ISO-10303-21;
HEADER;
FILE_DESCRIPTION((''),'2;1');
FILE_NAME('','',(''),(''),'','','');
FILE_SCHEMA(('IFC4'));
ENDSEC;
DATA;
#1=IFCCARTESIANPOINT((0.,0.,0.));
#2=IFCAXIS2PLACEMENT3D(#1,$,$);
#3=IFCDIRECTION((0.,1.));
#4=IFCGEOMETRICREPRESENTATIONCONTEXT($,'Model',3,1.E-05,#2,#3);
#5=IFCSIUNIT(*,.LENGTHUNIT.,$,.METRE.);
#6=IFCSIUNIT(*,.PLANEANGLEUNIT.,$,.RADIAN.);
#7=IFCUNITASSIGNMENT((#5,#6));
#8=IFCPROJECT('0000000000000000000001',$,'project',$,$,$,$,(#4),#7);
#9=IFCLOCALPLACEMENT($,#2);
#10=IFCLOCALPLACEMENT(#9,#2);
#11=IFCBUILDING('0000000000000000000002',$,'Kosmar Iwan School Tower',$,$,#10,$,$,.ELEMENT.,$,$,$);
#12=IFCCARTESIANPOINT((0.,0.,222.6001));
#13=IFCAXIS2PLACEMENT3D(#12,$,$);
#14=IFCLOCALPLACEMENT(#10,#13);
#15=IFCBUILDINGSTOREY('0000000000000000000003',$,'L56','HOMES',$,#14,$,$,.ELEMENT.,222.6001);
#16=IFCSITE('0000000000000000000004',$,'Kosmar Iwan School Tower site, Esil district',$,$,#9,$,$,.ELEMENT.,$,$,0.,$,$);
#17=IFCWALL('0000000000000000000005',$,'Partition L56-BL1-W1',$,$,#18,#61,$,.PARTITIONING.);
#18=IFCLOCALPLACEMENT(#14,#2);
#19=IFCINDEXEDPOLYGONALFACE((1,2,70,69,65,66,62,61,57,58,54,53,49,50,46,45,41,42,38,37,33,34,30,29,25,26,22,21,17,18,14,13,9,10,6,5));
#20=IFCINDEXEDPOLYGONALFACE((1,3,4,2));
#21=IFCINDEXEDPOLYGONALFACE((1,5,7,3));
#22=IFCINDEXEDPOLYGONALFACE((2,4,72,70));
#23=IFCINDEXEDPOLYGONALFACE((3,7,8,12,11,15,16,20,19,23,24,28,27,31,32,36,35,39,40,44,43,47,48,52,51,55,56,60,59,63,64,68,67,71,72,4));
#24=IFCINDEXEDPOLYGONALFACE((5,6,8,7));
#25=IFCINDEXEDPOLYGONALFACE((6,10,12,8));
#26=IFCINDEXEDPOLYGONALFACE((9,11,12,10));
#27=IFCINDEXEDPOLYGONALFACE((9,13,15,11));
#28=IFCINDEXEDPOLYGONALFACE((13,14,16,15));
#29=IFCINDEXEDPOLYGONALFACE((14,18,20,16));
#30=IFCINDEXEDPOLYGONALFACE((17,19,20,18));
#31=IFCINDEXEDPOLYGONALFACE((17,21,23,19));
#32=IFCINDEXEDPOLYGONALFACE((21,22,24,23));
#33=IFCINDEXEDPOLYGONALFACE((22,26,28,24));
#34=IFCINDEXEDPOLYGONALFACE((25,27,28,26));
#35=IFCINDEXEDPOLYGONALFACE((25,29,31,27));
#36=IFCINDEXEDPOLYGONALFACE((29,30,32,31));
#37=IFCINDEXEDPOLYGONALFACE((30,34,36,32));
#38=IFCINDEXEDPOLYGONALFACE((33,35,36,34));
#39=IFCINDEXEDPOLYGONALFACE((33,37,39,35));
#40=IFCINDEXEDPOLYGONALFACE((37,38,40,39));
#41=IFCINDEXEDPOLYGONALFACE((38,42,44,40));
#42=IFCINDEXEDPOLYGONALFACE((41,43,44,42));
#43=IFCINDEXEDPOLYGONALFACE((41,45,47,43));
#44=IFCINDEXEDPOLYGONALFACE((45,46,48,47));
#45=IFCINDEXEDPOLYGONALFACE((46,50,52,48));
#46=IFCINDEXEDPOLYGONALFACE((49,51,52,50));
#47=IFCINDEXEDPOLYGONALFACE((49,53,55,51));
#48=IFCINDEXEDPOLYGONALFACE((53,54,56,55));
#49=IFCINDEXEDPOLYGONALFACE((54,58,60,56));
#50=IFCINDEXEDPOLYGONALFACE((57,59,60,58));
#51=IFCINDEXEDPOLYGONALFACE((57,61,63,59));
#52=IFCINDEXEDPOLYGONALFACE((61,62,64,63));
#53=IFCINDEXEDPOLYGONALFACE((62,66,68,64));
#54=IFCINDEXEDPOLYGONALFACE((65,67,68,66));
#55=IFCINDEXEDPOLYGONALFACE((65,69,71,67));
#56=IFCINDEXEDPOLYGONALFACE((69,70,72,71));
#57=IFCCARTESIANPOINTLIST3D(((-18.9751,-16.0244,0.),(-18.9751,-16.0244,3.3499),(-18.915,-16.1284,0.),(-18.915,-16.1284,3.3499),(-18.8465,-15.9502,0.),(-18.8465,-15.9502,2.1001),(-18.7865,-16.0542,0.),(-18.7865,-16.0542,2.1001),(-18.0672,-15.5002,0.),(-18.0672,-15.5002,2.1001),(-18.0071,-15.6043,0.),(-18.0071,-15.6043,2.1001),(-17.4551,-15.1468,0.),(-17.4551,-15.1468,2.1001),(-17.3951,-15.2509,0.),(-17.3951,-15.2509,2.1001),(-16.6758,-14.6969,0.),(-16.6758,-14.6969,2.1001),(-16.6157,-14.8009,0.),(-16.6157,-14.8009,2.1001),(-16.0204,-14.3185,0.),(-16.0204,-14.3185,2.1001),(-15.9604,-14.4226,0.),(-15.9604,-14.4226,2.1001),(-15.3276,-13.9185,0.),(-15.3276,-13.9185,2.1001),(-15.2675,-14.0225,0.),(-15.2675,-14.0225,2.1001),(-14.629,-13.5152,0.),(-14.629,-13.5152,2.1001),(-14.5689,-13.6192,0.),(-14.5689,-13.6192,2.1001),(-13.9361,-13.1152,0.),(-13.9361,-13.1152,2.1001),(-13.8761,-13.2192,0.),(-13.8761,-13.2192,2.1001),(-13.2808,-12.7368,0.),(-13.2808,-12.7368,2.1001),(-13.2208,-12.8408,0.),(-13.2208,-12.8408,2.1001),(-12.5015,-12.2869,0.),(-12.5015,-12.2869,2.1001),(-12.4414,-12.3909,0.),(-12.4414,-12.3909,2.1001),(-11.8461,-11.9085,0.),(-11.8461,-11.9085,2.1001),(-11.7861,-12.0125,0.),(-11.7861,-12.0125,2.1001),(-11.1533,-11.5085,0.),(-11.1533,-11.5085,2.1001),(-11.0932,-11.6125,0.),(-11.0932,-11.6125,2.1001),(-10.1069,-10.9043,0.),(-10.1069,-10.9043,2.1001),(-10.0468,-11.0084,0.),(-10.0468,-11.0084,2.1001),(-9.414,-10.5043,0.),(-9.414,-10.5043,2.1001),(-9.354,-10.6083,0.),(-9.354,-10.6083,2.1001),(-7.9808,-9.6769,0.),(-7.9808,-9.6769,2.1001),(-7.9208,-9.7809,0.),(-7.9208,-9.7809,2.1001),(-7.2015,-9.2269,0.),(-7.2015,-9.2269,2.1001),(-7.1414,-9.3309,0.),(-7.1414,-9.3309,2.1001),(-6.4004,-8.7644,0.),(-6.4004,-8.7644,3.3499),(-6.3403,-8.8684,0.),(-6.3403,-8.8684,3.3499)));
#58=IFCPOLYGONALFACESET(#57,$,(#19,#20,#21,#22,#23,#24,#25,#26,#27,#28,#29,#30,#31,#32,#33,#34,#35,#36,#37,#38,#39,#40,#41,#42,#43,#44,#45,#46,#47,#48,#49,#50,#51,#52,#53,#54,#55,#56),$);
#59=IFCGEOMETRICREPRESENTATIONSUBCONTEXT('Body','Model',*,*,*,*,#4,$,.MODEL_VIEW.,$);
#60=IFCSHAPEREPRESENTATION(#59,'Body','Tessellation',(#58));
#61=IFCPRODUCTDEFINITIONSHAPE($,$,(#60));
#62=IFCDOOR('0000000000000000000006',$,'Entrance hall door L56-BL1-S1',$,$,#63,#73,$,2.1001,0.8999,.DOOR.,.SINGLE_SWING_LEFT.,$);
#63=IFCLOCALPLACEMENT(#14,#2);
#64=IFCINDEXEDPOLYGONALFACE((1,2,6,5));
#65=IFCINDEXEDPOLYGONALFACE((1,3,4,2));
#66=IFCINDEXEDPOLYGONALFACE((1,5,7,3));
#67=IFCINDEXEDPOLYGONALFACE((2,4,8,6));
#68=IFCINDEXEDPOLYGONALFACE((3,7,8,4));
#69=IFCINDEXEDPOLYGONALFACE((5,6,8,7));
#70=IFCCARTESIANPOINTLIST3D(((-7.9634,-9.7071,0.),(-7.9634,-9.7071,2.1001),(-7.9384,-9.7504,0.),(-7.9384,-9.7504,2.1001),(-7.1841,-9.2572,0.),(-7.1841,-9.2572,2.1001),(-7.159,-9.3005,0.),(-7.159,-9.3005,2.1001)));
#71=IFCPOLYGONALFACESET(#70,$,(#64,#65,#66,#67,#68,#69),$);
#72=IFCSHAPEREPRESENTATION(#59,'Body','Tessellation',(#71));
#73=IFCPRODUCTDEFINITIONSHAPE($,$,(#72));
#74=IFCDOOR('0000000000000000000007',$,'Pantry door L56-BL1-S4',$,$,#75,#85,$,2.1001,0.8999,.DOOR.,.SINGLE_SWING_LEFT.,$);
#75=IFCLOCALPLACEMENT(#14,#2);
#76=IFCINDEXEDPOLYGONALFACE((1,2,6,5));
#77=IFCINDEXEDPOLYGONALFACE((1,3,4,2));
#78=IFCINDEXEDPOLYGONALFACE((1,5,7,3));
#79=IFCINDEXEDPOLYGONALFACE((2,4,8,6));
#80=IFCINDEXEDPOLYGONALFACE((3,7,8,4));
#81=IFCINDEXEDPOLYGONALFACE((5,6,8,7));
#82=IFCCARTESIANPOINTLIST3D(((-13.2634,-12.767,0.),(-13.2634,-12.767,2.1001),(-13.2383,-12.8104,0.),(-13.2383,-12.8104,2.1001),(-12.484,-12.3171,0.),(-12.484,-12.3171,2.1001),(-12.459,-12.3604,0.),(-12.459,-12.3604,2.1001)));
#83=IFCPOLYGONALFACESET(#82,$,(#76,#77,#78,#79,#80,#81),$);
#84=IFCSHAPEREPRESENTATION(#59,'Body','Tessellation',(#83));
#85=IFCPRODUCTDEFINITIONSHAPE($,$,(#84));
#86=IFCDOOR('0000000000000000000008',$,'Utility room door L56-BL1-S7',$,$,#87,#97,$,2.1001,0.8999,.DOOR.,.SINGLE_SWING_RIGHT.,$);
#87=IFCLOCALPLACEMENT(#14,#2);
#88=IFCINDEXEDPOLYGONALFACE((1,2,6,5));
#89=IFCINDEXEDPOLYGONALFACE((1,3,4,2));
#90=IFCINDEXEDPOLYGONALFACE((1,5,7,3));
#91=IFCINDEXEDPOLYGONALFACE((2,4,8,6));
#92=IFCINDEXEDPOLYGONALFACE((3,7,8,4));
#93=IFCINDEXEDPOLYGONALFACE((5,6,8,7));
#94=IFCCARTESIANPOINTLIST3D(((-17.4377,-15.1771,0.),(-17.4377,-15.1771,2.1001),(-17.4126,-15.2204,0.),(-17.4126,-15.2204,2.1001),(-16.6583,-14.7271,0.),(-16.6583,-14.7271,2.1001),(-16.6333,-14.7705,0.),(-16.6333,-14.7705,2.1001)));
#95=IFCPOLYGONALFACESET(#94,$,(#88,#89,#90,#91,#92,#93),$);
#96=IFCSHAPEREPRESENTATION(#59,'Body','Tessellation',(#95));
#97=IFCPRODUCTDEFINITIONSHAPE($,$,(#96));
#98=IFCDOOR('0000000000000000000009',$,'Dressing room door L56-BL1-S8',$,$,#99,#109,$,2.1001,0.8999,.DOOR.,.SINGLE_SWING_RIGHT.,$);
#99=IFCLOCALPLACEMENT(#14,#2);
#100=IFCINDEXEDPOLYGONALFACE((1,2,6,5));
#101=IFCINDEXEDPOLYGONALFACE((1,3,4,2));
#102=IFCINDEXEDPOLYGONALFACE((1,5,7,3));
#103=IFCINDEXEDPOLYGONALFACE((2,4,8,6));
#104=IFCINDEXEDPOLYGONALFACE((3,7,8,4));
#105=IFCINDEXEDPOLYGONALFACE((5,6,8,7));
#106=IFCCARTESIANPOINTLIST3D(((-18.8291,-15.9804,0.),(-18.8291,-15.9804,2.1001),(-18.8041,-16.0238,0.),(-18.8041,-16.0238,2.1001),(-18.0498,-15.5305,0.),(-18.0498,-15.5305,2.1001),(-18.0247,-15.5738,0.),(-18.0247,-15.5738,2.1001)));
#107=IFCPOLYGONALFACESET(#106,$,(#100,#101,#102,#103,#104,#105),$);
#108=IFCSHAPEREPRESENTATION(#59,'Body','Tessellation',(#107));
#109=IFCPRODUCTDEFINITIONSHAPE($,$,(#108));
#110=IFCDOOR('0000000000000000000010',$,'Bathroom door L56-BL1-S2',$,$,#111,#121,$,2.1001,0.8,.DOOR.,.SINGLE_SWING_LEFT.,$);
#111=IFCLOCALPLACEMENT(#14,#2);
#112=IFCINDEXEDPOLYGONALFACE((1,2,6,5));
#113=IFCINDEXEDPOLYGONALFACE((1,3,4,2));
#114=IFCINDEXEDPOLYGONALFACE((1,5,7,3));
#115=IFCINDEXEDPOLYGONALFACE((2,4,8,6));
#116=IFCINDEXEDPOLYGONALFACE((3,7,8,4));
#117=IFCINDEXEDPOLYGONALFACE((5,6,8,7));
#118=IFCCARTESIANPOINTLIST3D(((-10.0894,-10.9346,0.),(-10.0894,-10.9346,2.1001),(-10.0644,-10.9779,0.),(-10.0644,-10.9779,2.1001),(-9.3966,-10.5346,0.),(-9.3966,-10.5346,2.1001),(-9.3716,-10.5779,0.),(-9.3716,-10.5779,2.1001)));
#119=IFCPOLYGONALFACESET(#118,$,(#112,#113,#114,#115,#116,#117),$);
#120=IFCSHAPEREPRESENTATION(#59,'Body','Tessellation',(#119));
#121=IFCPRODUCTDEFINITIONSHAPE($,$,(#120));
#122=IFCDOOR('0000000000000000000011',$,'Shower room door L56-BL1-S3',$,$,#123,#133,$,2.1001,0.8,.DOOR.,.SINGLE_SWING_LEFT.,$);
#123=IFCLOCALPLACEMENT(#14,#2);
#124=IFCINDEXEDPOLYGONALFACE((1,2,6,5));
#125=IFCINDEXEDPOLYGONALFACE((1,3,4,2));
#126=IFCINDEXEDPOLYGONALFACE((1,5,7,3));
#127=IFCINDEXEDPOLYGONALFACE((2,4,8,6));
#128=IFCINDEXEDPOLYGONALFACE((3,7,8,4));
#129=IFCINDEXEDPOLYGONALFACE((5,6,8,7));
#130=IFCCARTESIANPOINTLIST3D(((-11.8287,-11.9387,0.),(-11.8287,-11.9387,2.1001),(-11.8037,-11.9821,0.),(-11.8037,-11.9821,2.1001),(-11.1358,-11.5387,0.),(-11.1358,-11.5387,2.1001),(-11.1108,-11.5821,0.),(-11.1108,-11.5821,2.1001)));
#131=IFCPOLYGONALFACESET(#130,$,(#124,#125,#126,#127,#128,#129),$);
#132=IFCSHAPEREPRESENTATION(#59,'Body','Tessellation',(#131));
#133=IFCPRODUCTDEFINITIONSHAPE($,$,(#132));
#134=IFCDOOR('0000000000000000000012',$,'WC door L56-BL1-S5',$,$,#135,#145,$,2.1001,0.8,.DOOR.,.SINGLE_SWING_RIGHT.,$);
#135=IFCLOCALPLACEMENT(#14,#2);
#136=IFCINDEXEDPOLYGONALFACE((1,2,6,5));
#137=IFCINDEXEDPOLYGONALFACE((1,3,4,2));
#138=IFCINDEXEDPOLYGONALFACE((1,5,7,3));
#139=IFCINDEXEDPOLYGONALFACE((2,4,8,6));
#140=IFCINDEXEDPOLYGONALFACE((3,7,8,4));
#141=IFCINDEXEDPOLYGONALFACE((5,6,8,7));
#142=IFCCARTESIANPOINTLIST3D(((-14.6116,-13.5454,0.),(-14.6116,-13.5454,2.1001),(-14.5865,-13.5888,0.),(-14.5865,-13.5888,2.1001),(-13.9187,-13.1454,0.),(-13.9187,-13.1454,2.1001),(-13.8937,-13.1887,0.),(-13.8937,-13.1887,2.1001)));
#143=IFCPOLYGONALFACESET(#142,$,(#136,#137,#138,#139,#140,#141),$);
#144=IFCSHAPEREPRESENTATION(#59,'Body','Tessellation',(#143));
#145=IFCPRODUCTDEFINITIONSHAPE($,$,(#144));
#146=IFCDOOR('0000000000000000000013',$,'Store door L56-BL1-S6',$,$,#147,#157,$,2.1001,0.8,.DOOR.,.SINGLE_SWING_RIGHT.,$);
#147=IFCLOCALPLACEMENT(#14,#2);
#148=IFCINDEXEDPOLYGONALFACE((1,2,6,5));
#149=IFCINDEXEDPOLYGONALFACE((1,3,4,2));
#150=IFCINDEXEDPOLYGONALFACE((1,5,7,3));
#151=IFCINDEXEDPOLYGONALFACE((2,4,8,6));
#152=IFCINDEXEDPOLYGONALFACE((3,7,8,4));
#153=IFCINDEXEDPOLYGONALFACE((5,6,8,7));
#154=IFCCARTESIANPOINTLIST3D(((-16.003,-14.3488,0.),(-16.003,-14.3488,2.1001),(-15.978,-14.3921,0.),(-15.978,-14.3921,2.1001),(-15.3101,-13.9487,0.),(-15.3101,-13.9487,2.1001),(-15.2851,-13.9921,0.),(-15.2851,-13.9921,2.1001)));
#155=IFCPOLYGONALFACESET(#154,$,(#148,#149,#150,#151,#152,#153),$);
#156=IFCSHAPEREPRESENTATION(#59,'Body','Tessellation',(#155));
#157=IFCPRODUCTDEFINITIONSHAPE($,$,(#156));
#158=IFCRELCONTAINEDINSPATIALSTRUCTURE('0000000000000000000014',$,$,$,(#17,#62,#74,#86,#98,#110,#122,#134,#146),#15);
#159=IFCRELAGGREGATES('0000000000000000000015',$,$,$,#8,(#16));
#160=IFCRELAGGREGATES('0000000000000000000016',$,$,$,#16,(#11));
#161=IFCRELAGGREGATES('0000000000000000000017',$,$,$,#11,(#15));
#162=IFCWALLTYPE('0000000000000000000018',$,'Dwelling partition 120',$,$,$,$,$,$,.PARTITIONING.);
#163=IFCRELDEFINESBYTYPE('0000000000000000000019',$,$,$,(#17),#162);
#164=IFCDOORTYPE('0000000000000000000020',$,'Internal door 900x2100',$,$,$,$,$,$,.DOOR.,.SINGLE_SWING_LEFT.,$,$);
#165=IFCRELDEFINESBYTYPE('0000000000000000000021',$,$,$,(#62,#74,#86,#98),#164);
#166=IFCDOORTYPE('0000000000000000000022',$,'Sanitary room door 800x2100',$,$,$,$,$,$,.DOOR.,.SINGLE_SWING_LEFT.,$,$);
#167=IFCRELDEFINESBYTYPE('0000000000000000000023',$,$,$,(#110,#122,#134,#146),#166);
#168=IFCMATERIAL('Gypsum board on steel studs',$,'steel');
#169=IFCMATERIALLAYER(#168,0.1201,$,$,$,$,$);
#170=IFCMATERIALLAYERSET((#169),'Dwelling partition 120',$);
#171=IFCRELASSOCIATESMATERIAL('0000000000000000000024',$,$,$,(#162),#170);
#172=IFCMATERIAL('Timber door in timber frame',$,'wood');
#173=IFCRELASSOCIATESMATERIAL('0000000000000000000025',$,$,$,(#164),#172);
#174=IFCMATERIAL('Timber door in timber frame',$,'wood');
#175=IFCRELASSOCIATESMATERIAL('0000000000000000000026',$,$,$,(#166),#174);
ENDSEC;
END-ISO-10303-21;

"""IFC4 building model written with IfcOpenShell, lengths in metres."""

from ifc_helpers import new_model, si_unit, direction, frame, frame_2d, origin, place, context, subcontext, project, spatial, rectangle, extrude, material, layer, layer_set, type_object, element, fill, save


model = new_model("IFC4")

# Units and contexts
model_context = context("Model", 3, precision=1e-05, world=origin(), true_north=direction((0.0, 1.0)))
body_context = subcontext(model_context, "Body", "Model", "MODEL_VIEW")
ifc_project = project(units=[si_unit("LENGTHUNIT", "METRE"), si_unit("PLANEANGLEUNIT", "RADIAN")], contexts=[model_context])

# Site, building, storey
site_placement = place(None, origin())
site = spatial("IfcSite", under=ifc_project, at=site_placement, Name="Kosmar Iwan School Tower site, Esil district", CompositionType="ELEMENT", RefElevation=0.0)
building_placement = place(site_placement, origin())
building = spatial("IfcBuilding", under=site, at=building_placement, Name="Kosmar Iwan School Tower", CompositionType="ELEMENT")
storey_placement = place(building_placement, frame((0.0, 0.0, 222.6001)))
storey = spatial("IfcBuildingStorey", under=building, at=storey_placement, Name="L56", Description="HOMES", CompositionType="ELEMENT", Elevation=222.6001)

# Wall, openings, doors
ifc_material_1 = material(Name="Gypsum board on steel studs", Category="steel")
ifc_layer_1 = layer(ifc_material_1, 0.1201)
ifc_layer_set_1 = layer_set([ifc_layer_1], Name="Dwelling partition 120")
wall_type_1 = type_object("IfcWallType", Name="Dwelling partition 120", PredefinedType="PARTITIONING", material=ifc_layer_set_1)
wall_1_placement = place(storey_placement, frame((-6.3704, -8.8164, 0.0), z_axis=(0.0, 0.0, 1.0), x_axis=(-0.866025, -0.5, 0.0)))
wall_1 = element("IfcWall", 1, at=wall_1_placement, inside=storey, type_object=wall_type_1, Name="Partition L56-BL1-W1", PredefinedType="PARTITIONING", context=body_context, shape_type="SweptSolid", body=[
    extrude(rectangle(XDim=14.52, YDim=0.1201, at=frame_2d((7.26, 0.0))), origin(), (0.0, 0.0, 1.0), 3.3499),
])
opening_1_placement = place(wall_1_placement, frame((0.925, 0.0, 0.0)))
opening_1 = element("IfcOpeningElement", 2, at=opening_1_placement, cuts=wall_1, PredefinedType="OPENING", context=body_context, shape_type="SweptSolid", body=[
    extrude(rectangle(XDim=0.8999, YDim=2.1001, at=frame_2d((0.45, 1.05))), frame((0.0, 0.072, 0.0), z_axis=(0.0, -1.0, 0.0), x_axis=(1.0, 0.0, 0.0)), (0.0, 0.0, 1.0), 0.144),
])
opening_2_placement = place(wall_1_placement, frame((3.48, 0.0, 0.0)))
opening_2 = element("IfcOpeningElement", 3, at=opening_2_placement, cuts=wall_1, PredefinedType="OPENING", context=body_context, shape_type="SweptSolid", body=[
    extrude(rectangle(XDim=0.8, YDim=2.1001, at=frame_2d((0.3999, 1.05))), frame((0.0, 0.072, 0.0), z_axis=(0.0, -1.0, 0.0), x_axis=(1.0, 0.0, 0.0)), (0.0, 0.0, 1.0), 0.144),
])
opening_3_placement = place(wall_1_placement, frame((5.4883, 0.0, 0.0)))
opening_3 = element("IfcOpeningElement", 4, at=opening_3_placement, cuts=wall_1, PredefinedType="OPENING", context=body_context, shape_type="SweptSolid", body=[
    extrude(rectangle(XDim=0.8, YDim=2.1001, at=frame_2d((0.3999, 1.05))), frame((0.0, 0.072, 0.0), z_axis=(0.0, -1.0, 0.0), x_axis=(1.0, 0.0, 0.0)), (0.0, 0.0, 1.0), 0.144),
])
opening_4_placement = place(wall_1_placement, frame((7.0449, 0.0, 0.0)))
opening_4 = element("IfcOpeningElement", 5, at=opening_4_placement, cuts=wall_1, PredefinedType="OPENING", context=body_context, shape_type="SweptSolid", body=[
    extrude(rectangle(XDim=0.8999, YDim=2.1001, at=frame_2d((0.45, 1.05))), frame((0.0, 0.072, 0.0), z_axis=(0.0, -1.0, 0.0), x_axis=(1.0, 0.0, 0.0)), (0.0, 0.0, 1.0), 0.144),
])
opening_5_placement = place(wall_1_placement, frame((8.7017, 0.0, 0.0)))
opening_5 = element("IfcOpeningElement", 6, at=opening_5_placement, cuts=wall_1, PredefinedType="OPENING", context=body_context, shape_type="SweptSolid", body=[
    extrude(rectangle(XDim=0.8, YDim=2.1001, at=frame_2d((0.3999, 1.05))), frame((0.0, 0.072, 0.0), z_axis=(0.0, -1.0, 0.0), x_axis=(1.0, 0.0, 0.0)), (0.0, 0.0, 1.0), 0.144),
])
opening_6_placement = place(wall_1_placement, frame((10.3083, 0.0, 0.0)))
opening_6 = element("IfcOpeningElement", 7, at=opening_6_placement, cuts=wall_1, PredefinedType="OPENING", context=body_context, shape_type="SweptSolid", body=[
    extrude(rectangle(XDim=0.8, YDim=2.1001, at=frame_2d((0.3999, 1.05))), frame((0.0, 0.072, 0.0), z_axis=(0.0, -1.0, 0.0), x_axis=(1.0, 0.0, 0.0)), (0.0, 0.0, 1.0), 0.144),
])
opening_7_placement = place(wall_1_placement, frame((11.865, 0.0, 0.0)))
opening_7 = element("IfcOpeningElement", 8, at=opening_7_placement, cuts=wall_1, PredefinedType="OPENING", context=body_context, shape_type="SweptSolid", body=[
    extrude(rectangle(XDim=0.8999, YDim=2.1001, at=frame_2d((0.45, 1.05))), frame((0.0, 0.072, 0.0), z_axis=(0.0, -1.0, 0.0), x_axis=(1.0, 0.0, 0.0)), (0.0, 0.0, 1.0), 0.144),
])
opening_8_placement = place(wall_1_placement, frame((13.4717, 0.0, 0.0)))
opening_8 = element("IfcOpeningElement", 9, at=opening_8_placement, cuts=wall_1, PredefinedType="OPENING", context=body_context, shape_type="SweptSolid", body=[
    extrude(rectangle(XDim=0.8999, YDim=2.1001, at=frame_2d((0.45, 1.05))), frame((0.0, 0.072, 0.0), z_axis=(0.0, -1.0, 0.0), x_axis=(1.0, 0.0, 0.0)), (0.0, 0.0, 1.0), 0.144),
])
ifc_material_2 = material(Name="Timber door in timber frame", Category="wood")
door_type_1 = type_object("IfcDoorType", Name="Internal door 900x2100", OperationType="SINGLE_SWING_LEFT", PredefinedType="DOOR", material=ifc_material_2)
door_1_placement = place(opening_1_placement, origin())
door_1 = element("IfcDoor", 10, at=door_1_placement, inside=storey, type_object=door_type_1, Name="Entrance hall door L56-BL1-S1", OperationType="SINGLE_SWING_LEFT", OverallHeight=2.1001, OverallWidth=0.8999, PredefinedType="DOOR", context=body_context, shape_type="SweptSolid", body=[
    extrude(rectangle(XDim=0.8999, YDim=2.1001, at=frame_2d((0.45, 1.05))), frame((0.0, 0.0249, 0.0), z_axis=(0.0, -1.0, 0.0), x_axis=(1.0, 0.0, 0.0)), (0.0, 0.0, 1.0), 0.05),
])
fill(opening_1, door_1)
door_2_placement = place(opening_4_placement, origin())
door_2 = element("IfcDoor", 11, at=door_2_placement, inside=storey, type_object=door_type_1, Name="Pantry door L56-BL1-S4", OperationType="SINGLE_SWING_LEFT", OverallHeight=2.1001, OverallWidth=0.8999, PredefinedType="DOOR", context=body_context, shape_type="SweptSolid", body=[
    extrude(rectangle(XDim=0.8999, YDim=2.1001, at=frame_2d((0.45, 1.05))), frame((0.0, 0.0249, 0.0), z_axis=(0.0, -1.0, 0.0), x_axis=(1.0, 0.0, 0.0)), (0.0, 0.0, 1.0), 0.05),
])
fill(opening_4, door_2)
door_3_placement = place(opening_7_placement, origin())
door_3 = element("IfcDoor", 12, at=door_3_placement, inside=storey, type_object=door_type_1, Name="Utility room door L56-BL1-S7", OperationType="SINGLE_SWING_RIGHT", OverallHeight=2.1001, OverallWidth=0.8999, PredefinedType="DOOR", context=body_context, shape_type="SweptSolid", body=[
    extrude(rectangle(XDim=0.8999, YDim=2.1001, at=frame_2d((0.45, 1.05))), frame((0.0, 0.0249, 0.0), z_axis=(0.0, -1.0, 0.0), x_axis=(1.0, 0.0, 0.0)), (0.0, 0.0, 1.0), 0.05),
])
fill(opening_7, door_3)
door_4_placement = place(opening_8_placement, origin())
door_4 = element("IfcDoor", 13, at=door_4_placement, inside=storey, type_object=door_type_1, Name="Dressing room door L56-BL1-S8", OperationType="SINGLE_SWING_RIGHT", OverallHeight=2.1001, OverallWidth=0.8999, PredefinedType="DOOR", context=body_context, shape_type="SweptSolid", body=[
    extrude(rectangle(XDim=0.8999, YDim=2.1001, at=frame_2d((0.45, 1.05))), frame((0.0, 0.0249, 0.0), z_axis=(0.0, -1.0, 0.0), x_axis=(1.0, 0.0, 0.0)), (0.0, 0.0, 1.0), 0.05),
])
fill(opening_8, door_4)
ifc_material_3 = material(Name="Timber door in timber frame", Category="wood")
door_type_2 = type_object("IfcDoorType", Name="Sanitary room door 800x2100", OperationType="SINGLE_SWING_LEFT", PredefinedType="DOOR", material=ifc_material_3)
door_5_placement = place(opening_2_placement, origin())
door_5 = element("IfcDoor", 14, at=door_5_placement, inside=storey, type_object=door_type_2, Name="Bathroom door L56-BL1-S2", OperationType="SINGLE_SWING_LEFT", OverallHeight=2.1001, OverallWidth=0.8, PredefinedType="DOOR", context=body_context, shape_type="SweptSolid", body=[
    extrude(rectangle(XDim=0.8, YDim=2.1001, at=frame_2d((0.3999, 1.05))), frame((0.0, 0.0249, 0.0), z_axis=(0.0, -1.0, 0.0), x_axis=(1.0, 0.0, 0.0)), (0.0, 0.0, 1.0), 0.05),
])
fill(opening_2, door_5)
door_6_placement = place(opening_3_placement, origin())
door_6 = element("IfcDoor", 15, at=door_6_placement, inside=storey, type_object=door_type_2, Name="Shower room door L56-BL1-S3", OperationType="SINGLE_SWING_LEFT", OverallHeight=2.1001, OverallWidth=0.8, PredefinedType="DOOR", context=body_context, shape_type="SweptSolid", body=[
    extrude(rectangle(XDim=0.8, YDim=2.1001, at=frame_2d((0.3999, 1.05))), frame((0.0, 0.0249, 0.0), z_axis=(0.0, -1.0, 0.0), x_axis=(1.0, 0.0, 0.0)), (0.0, 0.0, 1.0), 0.05),
])
fill(opening_3, door_6)
door_7_placement = place(opening_5_placement, origin())
door_7 = element("IfcDoor", 16, at=door_7_placement, inside=storey, type_object=door_type_2, Name="WC door L56-BL1-S5", OperationType="SINGLE_SWING_RIGHT", OverallHeight=2.1001, OverallWidth=0.8, PredefinedType="DOOR", context=body_context, shape_type="SweptSolid", body=[
    extrude(rectangle(XDim=0.8, YDim=2.1001, at=frame_2d((0.3999, 1.05))), frame((0.0, 0.0249, 0.0), z_axis=(0.0, -1.0, 0.0), x_axis=(1.0, 0.0, 0.0)), (0.0, 0.0, 1.0), 0.05),
])
fill(opening_5, door_7)
door_8_placement = place(opening_6_placement, origin())
door_8 = element("IfcDoor", 17, at=door_8_placement, inside=storey, type_object=door_type_2, Name="Store door L56-BL1-S6", OperationType="SINGLE_SWING_RIGHT", OverallHeight=2.1001, OverallWidth=0.8, PredefinedType="DOOR", context=body_context, shape_type="SweptSolid", body=[
    extrude(rectangle(XDim=0.8, YDim=2.1001, at=frame_2d((0.3999, 1.05))), frame((0.0, 0.0249, 0.0), z_axis=(0.0, -1.0, 0.0), x_axis=(1.0, 0.0, 0.0)), (0.0, 0.0, 1.0), 0.05),
])
fill(opening_6, door_8)

save(model, "model.ifc")
